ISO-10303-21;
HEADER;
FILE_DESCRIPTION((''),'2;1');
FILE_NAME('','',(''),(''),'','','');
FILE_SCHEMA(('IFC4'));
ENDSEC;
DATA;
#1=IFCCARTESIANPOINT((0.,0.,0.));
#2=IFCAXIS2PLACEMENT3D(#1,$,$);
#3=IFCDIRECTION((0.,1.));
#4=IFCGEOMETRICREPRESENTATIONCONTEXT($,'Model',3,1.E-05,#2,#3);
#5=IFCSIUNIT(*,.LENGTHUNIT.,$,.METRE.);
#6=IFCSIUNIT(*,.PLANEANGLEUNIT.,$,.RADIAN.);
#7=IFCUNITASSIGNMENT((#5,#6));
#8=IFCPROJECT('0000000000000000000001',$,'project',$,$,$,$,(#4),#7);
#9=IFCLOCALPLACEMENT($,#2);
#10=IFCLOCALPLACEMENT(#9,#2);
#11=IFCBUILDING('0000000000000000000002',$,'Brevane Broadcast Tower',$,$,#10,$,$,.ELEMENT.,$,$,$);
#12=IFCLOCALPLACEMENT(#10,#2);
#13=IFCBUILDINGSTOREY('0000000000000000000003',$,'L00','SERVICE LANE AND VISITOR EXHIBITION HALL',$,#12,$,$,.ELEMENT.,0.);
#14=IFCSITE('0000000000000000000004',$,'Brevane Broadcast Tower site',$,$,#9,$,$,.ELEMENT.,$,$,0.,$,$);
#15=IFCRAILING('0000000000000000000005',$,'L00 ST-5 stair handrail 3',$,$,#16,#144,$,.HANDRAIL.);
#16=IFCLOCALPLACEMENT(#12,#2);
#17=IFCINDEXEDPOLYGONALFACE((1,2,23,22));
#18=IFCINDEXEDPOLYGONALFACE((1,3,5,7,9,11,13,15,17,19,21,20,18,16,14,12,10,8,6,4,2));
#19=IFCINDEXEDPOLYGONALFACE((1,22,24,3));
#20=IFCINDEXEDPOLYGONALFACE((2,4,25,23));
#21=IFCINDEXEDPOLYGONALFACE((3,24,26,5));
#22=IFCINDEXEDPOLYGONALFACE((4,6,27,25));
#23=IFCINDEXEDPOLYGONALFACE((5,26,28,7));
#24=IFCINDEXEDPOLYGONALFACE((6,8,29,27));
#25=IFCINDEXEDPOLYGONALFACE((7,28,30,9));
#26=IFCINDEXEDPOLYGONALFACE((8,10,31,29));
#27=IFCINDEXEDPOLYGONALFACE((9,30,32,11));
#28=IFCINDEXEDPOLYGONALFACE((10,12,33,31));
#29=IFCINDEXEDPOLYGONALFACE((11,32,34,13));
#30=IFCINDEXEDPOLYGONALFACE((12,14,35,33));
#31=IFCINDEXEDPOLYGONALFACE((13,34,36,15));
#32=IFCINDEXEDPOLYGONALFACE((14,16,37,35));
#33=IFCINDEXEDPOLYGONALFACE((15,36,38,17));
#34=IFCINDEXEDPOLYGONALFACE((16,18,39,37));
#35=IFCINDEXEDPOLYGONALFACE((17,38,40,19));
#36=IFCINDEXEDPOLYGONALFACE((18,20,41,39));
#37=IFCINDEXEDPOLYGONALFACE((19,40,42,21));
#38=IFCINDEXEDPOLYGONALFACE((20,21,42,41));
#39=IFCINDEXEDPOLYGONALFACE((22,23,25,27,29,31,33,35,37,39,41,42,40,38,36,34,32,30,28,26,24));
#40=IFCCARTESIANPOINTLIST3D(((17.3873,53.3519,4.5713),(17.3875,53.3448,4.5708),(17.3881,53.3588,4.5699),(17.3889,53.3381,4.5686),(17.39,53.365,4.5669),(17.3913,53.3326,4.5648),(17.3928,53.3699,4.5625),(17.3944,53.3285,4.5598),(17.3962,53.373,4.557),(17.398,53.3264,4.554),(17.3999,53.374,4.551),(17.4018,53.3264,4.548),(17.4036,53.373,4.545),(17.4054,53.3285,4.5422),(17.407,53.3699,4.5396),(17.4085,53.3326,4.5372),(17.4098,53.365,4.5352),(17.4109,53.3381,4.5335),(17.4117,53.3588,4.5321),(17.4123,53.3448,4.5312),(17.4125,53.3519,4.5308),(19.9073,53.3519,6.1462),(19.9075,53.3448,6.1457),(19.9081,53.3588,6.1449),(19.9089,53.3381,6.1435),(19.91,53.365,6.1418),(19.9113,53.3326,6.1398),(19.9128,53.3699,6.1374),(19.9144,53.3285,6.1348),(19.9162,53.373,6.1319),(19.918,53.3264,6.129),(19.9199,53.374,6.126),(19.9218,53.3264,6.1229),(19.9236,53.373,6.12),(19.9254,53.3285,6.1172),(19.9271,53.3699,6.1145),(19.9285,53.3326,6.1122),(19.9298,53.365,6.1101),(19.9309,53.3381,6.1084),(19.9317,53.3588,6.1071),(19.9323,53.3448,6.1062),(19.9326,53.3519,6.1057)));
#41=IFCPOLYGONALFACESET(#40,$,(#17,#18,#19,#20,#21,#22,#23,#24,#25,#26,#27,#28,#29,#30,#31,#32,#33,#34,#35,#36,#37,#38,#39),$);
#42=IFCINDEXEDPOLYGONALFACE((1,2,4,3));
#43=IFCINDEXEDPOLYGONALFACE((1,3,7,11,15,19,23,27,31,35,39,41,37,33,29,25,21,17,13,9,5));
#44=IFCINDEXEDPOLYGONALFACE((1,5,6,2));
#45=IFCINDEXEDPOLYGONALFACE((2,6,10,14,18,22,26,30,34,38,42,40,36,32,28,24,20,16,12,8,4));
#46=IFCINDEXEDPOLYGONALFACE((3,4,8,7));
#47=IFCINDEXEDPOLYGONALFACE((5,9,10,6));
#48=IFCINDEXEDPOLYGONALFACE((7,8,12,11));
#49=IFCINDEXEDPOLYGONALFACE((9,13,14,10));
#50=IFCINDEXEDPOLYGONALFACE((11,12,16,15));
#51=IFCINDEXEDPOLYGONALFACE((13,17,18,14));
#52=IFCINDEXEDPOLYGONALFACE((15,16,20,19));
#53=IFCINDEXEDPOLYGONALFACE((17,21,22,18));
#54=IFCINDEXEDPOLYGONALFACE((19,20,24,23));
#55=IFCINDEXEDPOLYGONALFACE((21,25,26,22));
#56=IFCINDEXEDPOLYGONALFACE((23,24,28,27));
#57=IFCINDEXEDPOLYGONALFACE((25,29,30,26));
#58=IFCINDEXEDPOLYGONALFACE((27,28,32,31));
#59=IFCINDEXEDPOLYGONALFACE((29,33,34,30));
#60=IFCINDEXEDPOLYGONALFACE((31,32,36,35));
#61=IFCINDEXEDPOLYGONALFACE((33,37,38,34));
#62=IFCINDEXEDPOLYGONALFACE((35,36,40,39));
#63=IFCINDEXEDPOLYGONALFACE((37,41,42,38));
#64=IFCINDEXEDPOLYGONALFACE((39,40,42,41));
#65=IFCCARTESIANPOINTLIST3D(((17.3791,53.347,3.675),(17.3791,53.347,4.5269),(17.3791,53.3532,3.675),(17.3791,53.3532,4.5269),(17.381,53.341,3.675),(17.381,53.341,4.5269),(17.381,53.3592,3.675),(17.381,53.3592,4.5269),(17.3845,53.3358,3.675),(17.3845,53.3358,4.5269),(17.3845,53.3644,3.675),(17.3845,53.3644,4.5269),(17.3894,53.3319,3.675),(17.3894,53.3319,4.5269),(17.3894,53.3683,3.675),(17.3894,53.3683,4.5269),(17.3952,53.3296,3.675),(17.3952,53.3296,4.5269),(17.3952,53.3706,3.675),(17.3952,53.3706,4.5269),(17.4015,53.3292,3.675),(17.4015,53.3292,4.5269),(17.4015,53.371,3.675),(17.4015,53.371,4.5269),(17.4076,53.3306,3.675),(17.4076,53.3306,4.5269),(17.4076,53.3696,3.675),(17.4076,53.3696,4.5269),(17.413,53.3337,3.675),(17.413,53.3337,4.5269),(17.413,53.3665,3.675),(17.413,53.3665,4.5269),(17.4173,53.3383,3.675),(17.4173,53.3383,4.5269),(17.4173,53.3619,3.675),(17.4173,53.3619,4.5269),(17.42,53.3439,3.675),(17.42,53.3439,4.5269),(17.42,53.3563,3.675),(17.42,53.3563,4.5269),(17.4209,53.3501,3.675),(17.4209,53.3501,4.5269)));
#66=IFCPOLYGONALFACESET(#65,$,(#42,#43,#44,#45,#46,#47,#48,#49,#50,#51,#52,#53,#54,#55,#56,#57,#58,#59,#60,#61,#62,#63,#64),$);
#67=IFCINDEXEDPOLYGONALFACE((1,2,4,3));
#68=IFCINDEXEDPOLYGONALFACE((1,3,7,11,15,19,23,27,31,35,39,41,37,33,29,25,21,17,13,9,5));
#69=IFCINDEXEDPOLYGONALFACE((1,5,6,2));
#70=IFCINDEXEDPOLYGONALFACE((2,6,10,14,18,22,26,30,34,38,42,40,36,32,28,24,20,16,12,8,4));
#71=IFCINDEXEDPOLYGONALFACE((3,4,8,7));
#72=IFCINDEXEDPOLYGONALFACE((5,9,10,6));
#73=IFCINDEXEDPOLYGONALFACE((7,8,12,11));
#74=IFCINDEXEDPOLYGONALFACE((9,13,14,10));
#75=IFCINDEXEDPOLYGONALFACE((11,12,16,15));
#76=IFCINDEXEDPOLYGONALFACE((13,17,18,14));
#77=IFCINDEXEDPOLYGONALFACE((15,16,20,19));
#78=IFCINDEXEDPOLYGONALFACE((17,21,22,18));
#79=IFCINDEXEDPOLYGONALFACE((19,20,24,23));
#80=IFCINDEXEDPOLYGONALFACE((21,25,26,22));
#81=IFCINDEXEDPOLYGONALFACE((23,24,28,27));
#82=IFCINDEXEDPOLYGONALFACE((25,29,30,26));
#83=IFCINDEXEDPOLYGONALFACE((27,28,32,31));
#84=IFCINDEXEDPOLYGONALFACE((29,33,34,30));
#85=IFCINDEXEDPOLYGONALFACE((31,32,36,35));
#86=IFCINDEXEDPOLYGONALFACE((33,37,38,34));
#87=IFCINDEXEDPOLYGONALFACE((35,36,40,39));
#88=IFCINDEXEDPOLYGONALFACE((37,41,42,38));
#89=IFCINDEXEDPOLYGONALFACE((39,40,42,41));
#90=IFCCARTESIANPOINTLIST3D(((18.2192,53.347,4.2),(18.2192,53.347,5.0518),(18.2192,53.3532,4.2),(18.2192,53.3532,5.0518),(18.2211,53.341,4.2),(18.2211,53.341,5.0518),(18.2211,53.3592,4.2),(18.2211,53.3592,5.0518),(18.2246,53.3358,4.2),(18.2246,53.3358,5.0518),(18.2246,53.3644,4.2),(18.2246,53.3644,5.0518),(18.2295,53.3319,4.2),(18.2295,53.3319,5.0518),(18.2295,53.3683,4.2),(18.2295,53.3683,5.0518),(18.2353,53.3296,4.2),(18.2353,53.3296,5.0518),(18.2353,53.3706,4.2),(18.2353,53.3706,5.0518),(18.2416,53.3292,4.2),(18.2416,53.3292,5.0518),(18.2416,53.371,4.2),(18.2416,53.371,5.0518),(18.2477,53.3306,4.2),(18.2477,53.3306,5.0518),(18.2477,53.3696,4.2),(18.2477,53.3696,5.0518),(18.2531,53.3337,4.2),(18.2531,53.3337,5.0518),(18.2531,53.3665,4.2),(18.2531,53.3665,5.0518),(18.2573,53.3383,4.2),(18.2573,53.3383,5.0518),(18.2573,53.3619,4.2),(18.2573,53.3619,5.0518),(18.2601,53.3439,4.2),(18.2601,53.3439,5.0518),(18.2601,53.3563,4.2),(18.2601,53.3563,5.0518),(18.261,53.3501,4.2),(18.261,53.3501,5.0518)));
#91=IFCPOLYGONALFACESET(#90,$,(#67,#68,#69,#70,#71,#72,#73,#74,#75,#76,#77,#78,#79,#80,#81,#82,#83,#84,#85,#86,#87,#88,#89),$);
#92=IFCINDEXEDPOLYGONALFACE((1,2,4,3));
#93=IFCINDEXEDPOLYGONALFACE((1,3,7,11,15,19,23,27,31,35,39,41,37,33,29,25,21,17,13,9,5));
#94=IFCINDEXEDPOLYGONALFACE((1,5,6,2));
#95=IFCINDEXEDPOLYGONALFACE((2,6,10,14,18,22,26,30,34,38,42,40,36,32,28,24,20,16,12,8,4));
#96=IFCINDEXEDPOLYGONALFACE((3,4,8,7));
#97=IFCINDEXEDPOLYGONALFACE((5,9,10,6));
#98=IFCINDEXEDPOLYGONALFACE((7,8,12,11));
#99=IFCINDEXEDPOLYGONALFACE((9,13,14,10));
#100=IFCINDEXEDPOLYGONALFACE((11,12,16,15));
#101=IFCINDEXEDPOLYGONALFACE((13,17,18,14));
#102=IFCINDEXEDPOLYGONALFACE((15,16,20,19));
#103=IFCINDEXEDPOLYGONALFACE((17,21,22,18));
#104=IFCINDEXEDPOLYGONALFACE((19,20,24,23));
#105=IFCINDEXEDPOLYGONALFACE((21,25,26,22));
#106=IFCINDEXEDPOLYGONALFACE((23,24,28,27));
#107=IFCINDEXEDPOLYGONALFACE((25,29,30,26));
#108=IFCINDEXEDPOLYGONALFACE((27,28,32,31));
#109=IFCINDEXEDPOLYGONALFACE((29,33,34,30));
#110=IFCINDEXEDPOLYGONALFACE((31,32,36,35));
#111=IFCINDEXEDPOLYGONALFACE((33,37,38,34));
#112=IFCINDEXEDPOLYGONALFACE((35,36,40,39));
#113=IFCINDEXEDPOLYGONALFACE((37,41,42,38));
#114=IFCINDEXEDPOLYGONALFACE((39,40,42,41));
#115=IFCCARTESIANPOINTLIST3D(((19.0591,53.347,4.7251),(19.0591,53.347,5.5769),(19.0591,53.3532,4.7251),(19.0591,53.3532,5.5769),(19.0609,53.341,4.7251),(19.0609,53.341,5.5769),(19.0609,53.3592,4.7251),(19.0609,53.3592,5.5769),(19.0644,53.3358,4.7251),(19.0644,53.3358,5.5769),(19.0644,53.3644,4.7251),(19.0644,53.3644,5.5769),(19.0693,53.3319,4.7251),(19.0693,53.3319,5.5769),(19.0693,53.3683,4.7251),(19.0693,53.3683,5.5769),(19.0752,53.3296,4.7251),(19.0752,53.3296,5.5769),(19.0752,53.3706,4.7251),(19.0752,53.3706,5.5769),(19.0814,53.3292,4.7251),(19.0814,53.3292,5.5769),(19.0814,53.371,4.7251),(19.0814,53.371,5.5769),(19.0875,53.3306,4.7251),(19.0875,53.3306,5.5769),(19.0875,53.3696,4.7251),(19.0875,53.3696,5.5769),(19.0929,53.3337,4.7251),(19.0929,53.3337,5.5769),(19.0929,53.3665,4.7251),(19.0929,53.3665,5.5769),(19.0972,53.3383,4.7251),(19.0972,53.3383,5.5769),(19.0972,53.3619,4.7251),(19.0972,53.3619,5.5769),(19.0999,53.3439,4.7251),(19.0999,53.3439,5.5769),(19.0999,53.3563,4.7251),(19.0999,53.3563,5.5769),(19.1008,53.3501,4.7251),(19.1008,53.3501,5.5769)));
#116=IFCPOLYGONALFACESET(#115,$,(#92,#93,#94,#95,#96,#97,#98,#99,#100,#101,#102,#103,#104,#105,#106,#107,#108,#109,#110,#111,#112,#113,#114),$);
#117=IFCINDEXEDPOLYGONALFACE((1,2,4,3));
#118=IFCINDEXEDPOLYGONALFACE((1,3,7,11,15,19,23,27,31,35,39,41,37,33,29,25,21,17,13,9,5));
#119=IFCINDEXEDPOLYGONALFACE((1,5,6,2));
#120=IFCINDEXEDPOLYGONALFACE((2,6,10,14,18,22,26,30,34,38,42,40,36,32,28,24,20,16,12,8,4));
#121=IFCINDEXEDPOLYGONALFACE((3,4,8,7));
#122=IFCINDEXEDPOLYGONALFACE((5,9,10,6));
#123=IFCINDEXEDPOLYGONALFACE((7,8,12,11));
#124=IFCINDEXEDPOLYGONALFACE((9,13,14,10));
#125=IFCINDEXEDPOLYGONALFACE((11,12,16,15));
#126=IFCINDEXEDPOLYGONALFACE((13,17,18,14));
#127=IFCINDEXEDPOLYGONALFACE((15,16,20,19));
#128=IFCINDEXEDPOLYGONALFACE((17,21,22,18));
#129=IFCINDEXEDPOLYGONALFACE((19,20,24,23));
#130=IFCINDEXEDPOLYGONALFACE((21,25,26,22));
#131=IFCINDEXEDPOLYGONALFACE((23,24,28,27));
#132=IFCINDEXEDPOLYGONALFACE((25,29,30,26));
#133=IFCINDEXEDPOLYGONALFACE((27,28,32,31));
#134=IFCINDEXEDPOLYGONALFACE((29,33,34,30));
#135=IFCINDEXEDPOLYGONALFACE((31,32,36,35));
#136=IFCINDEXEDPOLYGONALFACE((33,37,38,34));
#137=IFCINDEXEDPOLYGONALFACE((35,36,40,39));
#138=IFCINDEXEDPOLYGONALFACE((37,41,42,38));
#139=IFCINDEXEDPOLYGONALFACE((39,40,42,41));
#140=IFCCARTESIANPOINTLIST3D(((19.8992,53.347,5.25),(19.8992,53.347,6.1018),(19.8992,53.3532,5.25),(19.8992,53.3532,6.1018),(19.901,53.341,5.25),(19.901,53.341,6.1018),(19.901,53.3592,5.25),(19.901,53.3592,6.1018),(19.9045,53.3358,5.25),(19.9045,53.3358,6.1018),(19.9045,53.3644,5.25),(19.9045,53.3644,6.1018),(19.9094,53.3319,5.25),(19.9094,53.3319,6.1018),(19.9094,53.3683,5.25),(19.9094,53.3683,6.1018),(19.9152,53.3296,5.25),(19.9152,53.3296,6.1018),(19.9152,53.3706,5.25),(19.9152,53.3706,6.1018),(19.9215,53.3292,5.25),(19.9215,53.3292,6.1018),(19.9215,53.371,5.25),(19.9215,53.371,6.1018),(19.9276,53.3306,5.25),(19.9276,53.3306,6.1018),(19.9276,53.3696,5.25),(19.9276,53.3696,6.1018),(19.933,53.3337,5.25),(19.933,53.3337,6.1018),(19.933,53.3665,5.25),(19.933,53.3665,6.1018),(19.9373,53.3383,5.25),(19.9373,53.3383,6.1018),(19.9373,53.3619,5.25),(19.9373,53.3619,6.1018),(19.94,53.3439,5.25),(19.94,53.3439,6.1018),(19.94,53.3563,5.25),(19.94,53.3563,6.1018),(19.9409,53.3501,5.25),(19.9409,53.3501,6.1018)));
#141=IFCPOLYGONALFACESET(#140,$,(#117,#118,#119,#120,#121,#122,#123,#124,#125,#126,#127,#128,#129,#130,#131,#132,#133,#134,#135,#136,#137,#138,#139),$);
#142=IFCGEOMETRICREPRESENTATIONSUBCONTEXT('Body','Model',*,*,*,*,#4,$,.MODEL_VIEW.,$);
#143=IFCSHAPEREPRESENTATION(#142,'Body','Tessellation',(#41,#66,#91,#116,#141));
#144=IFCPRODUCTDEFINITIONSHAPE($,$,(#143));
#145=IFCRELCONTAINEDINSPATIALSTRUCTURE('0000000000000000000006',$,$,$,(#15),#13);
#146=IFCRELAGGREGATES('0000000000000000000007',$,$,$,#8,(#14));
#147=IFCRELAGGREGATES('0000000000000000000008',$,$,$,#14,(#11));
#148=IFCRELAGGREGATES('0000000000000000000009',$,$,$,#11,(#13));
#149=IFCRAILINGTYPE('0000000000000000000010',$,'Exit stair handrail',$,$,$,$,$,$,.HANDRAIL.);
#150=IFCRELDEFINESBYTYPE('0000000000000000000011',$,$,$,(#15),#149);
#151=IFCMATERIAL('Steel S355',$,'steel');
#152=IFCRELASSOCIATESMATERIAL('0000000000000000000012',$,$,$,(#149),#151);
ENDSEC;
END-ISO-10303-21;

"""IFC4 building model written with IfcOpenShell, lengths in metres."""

from ifc_helpers import new_model, si_unit, direction, frame, origin, origin_2d, place, context, subcontext, project, spatial, circle, extrude, material, type_object, element, save


model = new_model("IFC4")

# Units and contexts
model_context = context("Model", 3, precision=1e-05, world=origin(), true_north=direction((0.0, 1.0)))
body_context = subcontext(model_context, "Body", "Model", "MODEL_VIEW")
ifc_project = project(units=[si_unit("LENGTHUNIT", "METRE"), si_unit("PLANEANGLEUNIT", "RADIAN")], contexts=[model_context])

# Site, building, storey
site_placement = place(None, origin())
site = spatial("IfcSite", under=ifc_project, at=site_placement, Name="Brevane Broadcast Tower site", CompositionType="ELEMENT", RefElevation=0.0)
building_placement = place(site_placement, origin())
building = spatial("IfcBuilding", under=site, at=building_placement, Name="Brevane Broadcast Tower", CompositionType="ELEMENT")
storey_placement = place(building_placement, origin())
storey = spatial("IfcBuildingStorey", under=building, at=storey_placement, Name="L00", Description="SERVICE LANE AND VISITOR EXHIBITION HALL", CompositionType="ELEMENT", Elevation=0.0)

# Railing
ifc_material_1 = material(Name="Steel S355", Category="steel")
railing_type_1 = type_object("IfcRailingType", Name="Exit stair handrail", PredefinedType="HANDRAIL", material=ifc_material_1)
for number, where, name in (
    (1, (17.3999, 53.3501, 3.675), "L00 ST-5 stair handrail 3"),
):
    element("IfcRailing", number, at=place(storey_placement, frame(where)), inside=storey, type_object=railing_type_1, Name=name, PredefinedType="HANDRAIL", context=body_context, shape_type="SweptSolid", body=[
        extrude(circle(Radius=0.0239, at=origin_2d()), frame((0.0, 0.0, 0.876), z_axis=(0.848008, 0.0, 0.529984), x_axis=(0.0, 1.0, 0.0)), (0.0, 0.0, 1.0), 2.9717),
        extrude(circle(Radius=0.021, at=origin_2d()), origin(), (0.0, 0.0, 1.0), 0.8518),
        extrude(circle(Radius=0.021, at=origin_2d()), frame((0.8401, 0.0, 0.5249)), (0.0, 0.0, 1.0), 0.8518),
        extrude(circle(Radius=0.021, at=origin_2d()), frame((1.6799, 0.0, 1.05)), (0.0, 0.0, 1.0), 0.8518),
        extrude(circle(Radius=0.021, at=origin_2d()), frame((2.52, 0.0, 1.575)), (0.0, 0.0, 1.0), 0.8518),
    ])

save(model, "model.ifc")
